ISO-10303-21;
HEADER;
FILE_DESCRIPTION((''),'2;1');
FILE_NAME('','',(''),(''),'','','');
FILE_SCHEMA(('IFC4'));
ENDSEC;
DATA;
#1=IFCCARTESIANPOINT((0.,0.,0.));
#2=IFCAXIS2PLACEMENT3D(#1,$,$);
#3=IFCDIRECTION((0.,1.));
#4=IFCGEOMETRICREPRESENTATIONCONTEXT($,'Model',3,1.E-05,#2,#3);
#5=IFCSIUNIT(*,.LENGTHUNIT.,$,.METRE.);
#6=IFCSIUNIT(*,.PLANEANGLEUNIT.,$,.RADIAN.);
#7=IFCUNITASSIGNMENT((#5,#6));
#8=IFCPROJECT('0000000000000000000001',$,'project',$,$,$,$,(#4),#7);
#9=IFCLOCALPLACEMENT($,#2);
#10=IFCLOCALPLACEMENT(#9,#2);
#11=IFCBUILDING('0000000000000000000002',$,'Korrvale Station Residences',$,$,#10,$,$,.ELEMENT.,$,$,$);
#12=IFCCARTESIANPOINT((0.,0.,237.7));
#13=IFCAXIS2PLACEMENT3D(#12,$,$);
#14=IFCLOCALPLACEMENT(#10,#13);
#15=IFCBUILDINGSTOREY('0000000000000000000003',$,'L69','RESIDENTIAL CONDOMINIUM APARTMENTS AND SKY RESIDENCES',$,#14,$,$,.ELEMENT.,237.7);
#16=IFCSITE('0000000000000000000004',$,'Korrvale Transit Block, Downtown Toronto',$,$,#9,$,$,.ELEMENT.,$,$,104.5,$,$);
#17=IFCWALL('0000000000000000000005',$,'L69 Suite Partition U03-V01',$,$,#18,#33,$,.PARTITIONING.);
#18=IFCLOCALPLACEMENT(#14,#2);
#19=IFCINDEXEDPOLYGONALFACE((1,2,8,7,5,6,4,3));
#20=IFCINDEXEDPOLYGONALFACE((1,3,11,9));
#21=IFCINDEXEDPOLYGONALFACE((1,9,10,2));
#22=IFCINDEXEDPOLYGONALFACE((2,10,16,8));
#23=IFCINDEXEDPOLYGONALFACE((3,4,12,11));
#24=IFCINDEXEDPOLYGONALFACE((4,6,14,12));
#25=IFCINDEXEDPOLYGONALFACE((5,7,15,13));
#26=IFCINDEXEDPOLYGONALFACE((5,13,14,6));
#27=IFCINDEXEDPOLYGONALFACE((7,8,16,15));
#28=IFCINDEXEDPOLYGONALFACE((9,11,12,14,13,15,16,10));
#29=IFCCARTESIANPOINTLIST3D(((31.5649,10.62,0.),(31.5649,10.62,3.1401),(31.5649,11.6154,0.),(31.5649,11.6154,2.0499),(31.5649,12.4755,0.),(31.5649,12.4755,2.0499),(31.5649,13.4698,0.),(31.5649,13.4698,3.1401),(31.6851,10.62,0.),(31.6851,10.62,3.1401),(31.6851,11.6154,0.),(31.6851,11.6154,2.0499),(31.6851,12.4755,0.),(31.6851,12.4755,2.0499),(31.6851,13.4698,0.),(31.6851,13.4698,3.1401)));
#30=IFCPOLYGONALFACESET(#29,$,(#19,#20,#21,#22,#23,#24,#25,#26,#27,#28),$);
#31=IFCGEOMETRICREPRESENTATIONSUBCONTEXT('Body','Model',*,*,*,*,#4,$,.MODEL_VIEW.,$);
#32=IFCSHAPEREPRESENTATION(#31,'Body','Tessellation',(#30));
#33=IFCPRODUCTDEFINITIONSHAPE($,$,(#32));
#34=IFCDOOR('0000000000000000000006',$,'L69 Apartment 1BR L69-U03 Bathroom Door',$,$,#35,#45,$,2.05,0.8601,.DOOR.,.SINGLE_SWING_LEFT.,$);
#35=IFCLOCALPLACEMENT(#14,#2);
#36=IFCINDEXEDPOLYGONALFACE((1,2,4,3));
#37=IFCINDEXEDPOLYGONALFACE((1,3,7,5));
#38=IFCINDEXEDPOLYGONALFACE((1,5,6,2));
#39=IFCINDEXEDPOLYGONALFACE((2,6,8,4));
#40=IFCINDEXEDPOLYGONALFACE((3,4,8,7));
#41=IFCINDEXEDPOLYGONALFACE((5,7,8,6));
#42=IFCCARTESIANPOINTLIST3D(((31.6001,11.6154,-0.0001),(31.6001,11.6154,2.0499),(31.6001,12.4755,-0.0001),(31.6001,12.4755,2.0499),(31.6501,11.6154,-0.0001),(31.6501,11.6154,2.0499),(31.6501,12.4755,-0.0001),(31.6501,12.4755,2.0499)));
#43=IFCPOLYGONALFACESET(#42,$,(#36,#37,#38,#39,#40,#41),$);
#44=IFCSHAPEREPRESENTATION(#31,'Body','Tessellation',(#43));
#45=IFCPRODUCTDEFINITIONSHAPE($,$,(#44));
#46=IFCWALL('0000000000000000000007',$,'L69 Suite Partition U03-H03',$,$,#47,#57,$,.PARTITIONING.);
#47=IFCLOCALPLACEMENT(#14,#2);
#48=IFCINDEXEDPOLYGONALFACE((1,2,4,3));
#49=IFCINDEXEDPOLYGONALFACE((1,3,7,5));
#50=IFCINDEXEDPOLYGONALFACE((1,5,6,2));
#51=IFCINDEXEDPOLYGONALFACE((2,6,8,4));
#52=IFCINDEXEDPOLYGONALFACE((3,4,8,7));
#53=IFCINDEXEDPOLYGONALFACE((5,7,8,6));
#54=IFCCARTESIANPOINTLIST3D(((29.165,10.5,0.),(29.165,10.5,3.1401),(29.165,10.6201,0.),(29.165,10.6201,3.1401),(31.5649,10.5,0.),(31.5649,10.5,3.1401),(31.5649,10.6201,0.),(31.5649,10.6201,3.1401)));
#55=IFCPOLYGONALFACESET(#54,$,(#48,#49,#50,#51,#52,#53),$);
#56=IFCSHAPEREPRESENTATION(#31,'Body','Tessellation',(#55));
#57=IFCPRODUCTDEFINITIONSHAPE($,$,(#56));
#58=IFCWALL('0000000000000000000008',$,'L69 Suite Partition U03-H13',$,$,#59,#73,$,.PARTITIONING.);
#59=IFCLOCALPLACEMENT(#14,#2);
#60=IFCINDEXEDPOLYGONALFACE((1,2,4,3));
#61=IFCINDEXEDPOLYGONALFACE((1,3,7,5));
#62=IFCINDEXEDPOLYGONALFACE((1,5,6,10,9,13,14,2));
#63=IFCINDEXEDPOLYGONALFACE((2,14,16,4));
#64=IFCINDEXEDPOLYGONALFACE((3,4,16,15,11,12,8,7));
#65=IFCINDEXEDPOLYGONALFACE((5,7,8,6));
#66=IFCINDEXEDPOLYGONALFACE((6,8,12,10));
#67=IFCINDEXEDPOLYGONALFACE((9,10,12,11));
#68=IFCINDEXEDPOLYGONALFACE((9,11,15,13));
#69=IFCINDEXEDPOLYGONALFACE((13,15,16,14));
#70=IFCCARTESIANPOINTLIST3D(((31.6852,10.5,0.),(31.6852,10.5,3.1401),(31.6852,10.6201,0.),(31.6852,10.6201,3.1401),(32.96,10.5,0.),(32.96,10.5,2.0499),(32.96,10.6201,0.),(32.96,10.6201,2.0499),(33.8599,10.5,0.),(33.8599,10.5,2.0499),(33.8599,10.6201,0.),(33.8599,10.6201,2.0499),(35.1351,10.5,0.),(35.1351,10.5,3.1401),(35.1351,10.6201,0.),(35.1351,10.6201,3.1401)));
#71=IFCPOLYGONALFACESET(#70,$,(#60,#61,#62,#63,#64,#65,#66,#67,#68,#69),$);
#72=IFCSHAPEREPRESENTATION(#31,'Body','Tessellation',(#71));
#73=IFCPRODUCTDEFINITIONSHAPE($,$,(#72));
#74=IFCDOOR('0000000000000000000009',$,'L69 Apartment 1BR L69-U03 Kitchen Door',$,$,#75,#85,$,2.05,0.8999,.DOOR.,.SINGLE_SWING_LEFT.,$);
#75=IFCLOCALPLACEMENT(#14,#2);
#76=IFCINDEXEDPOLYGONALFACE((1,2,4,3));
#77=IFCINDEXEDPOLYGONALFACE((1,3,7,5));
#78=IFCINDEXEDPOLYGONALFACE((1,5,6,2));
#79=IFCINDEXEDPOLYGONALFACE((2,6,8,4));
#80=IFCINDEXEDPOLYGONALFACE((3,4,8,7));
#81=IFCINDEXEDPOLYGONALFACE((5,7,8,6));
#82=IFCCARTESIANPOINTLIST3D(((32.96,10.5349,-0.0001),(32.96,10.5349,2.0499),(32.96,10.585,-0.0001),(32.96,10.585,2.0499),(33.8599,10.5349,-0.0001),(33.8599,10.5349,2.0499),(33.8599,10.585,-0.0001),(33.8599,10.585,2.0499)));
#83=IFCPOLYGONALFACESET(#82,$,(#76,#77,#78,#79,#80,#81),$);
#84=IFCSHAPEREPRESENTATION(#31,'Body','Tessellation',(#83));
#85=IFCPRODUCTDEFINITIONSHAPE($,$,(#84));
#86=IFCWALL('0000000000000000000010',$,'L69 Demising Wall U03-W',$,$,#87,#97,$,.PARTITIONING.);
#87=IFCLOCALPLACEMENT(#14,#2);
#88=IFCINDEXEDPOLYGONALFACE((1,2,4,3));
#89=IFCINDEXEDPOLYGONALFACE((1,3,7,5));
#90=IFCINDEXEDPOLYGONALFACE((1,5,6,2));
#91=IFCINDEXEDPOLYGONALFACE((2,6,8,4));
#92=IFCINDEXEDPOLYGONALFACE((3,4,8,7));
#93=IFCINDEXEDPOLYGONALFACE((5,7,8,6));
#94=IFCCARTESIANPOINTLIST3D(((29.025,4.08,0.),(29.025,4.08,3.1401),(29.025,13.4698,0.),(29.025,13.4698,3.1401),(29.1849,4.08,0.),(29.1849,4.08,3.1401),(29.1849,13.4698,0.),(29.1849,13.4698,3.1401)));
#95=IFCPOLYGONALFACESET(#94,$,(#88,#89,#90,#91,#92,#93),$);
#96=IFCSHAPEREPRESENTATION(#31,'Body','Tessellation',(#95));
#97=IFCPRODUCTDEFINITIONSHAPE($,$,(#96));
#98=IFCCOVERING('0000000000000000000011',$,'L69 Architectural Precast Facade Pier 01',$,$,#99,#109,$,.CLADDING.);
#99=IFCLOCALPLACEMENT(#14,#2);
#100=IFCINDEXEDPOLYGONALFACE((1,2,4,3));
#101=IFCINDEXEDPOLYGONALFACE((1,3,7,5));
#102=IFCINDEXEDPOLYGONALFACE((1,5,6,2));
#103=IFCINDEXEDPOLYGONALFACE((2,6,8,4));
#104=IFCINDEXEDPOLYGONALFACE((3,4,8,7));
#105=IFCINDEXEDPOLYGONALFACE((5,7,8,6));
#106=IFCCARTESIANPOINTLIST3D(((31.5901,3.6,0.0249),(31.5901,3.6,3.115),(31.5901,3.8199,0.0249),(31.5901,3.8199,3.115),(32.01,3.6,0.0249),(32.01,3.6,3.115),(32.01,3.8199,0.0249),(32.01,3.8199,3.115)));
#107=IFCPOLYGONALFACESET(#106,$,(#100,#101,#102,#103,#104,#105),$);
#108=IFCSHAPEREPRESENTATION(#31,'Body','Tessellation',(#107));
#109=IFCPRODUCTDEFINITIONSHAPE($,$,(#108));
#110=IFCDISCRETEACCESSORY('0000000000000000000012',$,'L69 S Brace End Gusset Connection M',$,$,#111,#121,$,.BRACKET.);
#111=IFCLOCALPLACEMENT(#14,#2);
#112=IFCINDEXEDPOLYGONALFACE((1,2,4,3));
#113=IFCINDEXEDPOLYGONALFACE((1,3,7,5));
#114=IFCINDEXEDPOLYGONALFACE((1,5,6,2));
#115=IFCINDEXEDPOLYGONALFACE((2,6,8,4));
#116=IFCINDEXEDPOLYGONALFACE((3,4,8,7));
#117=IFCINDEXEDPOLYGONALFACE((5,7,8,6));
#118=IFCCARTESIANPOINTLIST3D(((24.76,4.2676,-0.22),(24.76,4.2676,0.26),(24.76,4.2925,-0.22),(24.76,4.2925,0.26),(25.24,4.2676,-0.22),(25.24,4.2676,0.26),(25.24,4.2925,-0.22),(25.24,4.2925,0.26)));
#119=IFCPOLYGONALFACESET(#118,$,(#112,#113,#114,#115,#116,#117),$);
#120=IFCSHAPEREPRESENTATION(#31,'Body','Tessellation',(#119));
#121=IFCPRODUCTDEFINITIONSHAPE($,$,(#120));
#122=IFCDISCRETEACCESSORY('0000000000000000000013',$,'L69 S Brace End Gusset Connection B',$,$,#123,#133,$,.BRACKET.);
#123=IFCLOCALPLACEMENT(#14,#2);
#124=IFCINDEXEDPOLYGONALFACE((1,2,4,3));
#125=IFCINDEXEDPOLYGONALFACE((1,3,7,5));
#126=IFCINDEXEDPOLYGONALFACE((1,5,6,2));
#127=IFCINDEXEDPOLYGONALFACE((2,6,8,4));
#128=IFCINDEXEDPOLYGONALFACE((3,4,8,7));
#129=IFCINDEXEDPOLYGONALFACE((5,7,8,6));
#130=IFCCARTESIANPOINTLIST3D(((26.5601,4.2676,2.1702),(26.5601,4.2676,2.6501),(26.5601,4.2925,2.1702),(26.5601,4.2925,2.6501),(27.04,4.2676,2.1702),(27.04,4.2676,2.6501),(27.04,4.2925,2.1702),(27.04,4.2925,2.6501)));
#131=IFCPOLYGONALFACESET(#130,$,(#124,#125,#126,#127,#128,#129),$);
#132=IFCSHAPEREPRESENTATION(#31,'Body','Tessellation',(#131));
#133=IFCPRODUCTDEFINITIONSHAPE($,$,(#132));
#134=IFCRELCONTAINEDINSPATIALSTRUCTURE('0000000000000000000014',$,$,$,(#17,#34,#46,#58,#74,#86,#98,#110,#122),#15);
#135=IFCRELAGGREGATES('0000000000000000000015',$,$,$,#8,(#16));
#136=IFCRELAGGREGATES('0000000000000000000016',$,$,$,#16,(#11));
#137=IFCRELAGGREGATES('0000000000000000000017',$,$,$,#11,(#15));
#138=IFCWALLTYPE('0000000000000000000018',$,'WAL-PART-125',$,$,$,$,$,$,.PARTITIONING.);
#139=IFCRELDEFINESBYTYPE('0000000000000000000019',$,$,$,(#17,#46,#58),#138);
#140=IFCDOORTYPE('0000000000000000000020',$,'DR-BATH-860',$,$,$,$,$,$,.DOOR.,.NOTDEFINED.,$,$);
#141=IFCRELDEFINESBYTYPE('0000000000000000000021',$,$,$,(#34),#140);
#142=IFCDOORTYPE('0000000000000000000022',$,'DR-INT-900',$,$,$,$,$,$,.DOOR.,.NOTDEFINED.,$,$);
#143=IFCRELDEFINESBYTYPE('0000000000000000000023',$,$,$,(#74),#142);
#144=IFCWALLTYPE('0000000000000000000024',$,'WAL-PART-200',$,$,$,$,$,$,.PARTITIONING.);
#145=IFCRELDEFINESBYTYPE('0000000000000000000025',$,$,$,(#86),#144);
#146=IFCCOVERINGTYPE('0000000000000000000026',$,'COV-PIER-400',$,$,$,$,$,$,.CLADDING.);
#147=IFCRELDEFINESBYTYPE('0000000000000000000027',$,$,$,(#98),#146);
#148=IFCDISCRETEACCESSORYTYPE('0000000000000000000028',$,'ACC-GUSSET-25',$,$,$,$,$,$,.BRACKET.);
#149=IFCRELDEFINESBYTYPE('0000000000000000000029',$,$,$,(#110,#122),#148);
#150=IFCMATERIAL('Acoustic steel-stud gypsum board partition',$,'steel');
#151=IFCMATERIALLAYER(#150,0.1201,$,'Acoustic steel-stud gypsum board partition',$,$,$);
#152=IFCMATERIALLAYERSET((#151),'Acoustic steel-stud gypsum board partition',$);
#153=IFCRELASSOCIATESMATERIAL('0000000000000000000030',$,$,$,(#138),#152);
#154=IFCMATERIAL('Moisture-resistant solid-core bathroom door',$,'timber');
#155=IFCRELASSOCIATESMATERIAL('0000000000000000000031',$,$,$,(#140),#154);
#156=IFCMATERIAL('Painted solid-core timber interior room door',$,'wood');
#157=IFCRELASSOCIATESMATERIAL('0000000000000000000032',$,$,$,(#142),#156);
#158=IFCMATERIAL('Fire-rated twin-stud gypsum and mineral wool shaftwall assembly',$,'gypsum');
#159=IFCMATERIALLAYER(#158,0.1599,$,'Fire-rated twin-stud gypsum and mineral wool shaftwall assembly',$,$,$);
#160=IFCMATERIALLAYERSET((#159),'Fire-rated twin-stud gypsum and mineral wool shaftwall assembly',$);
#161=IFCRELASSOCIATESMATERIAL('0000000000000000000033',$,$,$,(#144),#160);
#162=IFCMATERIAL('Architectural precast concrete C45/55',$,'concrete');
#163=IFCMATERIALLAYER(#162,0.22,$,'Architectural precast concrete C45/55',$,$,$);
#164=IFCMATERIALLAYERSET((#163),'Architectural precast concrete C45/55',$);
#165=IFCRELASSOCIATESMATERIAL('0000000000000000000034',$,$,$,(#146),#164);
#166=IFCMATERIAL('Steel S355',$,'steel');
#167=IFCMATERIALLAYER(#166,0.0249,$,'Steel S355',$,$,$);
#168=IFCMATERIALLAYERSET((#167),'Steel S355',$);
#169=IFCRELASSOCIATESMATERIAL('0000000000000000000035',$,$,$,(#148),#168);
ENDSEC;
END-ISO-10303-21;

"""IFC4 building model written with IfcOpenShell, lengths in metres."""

from ifc_helpers import new_model, si_unit, direction, frame, frame_2d, origin, origin_2d, place, context, subcontext, project, spatial, rectangle, extrude, material, layer, layer_set, type_object, element, fill, save


model = new_model("IFC4")

# Units and contexts
model_context = context("Model", 3, precision=1e-05, world=origin(), true_north=direction((0.0, 1.0)))
body_context = subcontext(model_context, "Body", "Model", "MODEL_VIEW")
ifc_project = project(units=[si_unit("LENGTHUNIT", "METRE"), si_unit("PLANEANGLEUNIT", "RADIAN")], contexts=[model_context])

# Site, building, storey
site_placement = place(None, origin())
site = spatial("IfcSite", under=ifc_project, at=site_placement, Name="Korrvale Transit Block, Downtown Toronto", CompositionType="ELEMENT", RefElevation=104.5)
building_placement = place(site_placement, origin())
building = spatial("IfcBuilding", under=site, at=building_placement, Name="Korrvale Station Residences", CompositionType="ELEMENT")
storey_placement = place(building_placement, frame((0.0, 0.0, 237.7)))
storey = spatial("IfcBuildingStorey", under=building, at=storey_placement, Name="L69", Description="RESIDENTIAL CONDOMINIUM APARTMENTS AND SKY RESIDENCES", CompositionType="ELEMENT", Elevation=237.7)

# Shared definitions
ifc_material_1 = material(Name="Steel S355", Category="steel")

# Shared definitions
ifc_material_2 = material(Name="Acoustic steel-stud gypsum board partition", Category="steel")
ifc_layer_1 = layer(ifc_material_2, 0.1201, Name="Acoustic steel-stud gypsum board partition")
ifc_layer_set_1 = layer_set([ifc_layer_1], Name="Acoustic steel-stud gypsum board partition")
wall_type_1 = type_object("IfcWallType", Name="WAL-PART-125", PredefinedType="PARTITIONING", material=ifc_layer_set_1)
ifc_material_3 = material(Name="Moisture-resistant solid-core bathroom door", Category="timber")
door_type_1 = type_object("IfcDoorType", Name="DR-BATH-860", OperationType="NOTDEFINED", PredefinedType="DOOR", material=ifc_material_3)

# Wall, opening, door
ifc_material_4 = material(Name="Painted solid-core timber interior room door", Category="wood")
door_type_2 = type_object("IfcDoorType", Name="DR-INT-900", OperationType="NOTDEFINED", PredefinedType="DOOR", material=ifc_material_4)
wall_1_placement = place(storey_placement, frame((31.625, 10.6201, 0.0), z_axis=(0.0, 0.0, 1.0), x_axis=(0.0, 1.0, 0.0)))
wall_1 = element("IfcWall", 1, at=wall_1_placement, inside=storey, type_object=wall_type_1, Name="L69 Suite Partition U03-V01", PredefinedType="PARTITIONING", context=body_context, shape_type="SweptSolid", body=[
    extrude(rectangle(XDim=2.8499, YDim=0.1201, at=frame_2d((1.4248, 0.0))), origin(), (0.0, 0.0, 1.0), 3.1401),
])
opening_1_placement = place(wall_1_placement, frame((0.9951, 0.0, 0.0)))
opening_1 = element("IfcOpeningElement", 2, at=opening_1_placement, cuts=wall_1, PredefinedType="OPENING", context=body_context, shape_type="SweptSolid", body=[
    extrude(rectangle(XDim=0.8601, YDim=2.05, at=frame_2d((0.4302, 1.0249))), frame((0.0, 0.0701, 0.0), z_axis=(0.0, -1.0, 0.0), x_axis=(1.0, 0.0, 0.0)), (0.0, 0.0, 1.0), 0.1401),
])
door_1_placement = place(opening_1_placement, origin())
door_1 = element("IfcDoor", 3, at=door_1_placement, inside=storey, type_object=door_type_1, Name="L69 Apartment 1BR L69-U03 Bathroom Door", OperationType="SINGLE_SWING_LEFT", OverallHeight=2.05, OverallWidth=0.8601, PredefinedType="DOOR", context=body_context, shape_type="SweptSolid", body=[
    extrude(rectangle(XDim=0.8601, YDim=2.05, at=frame_2d((0.4302, 1.0249))), frame((0.0, 0.0249, 0.0), z_axis=(0.0, -1.0, 0.0), x_axis=(1.0, 0.0, 0.0)), (0.0, 0.0, 1.0), 0.05),
])
fill(opening_1, door_1)

# Wall
wall_2_placement = place(storey_placement, frame((29.165, 10.5601, 0.0), z_axis=(0.0, 0.0, 1.0), x_axis=(1.0, 0.0, 0.0)))
element("IfcWall", 4, at=wall_2_placement, inside=storey, type_object=wall_type_1, Name="L69 Suite Partition U03-H03", PredefinedType="PARTITIONING", context=body_context, shape_type="SweptSolid", body=[
    extrude(rectangle(XDim=2.3999, YDim=0.1201, at=frame_2d((1.2, 0.0))), origin(), (0.0, 0.0, 1.0), 3.1401),
])

# Wall, opening, door
wall_3_placement = place(storey_placement, frame((31.6851, 10.5601, 0.0), z_axis=(0.0, 0.0, 1.0), x_axis=(1.0, 0.0, 0.0)))
wall_3 = element("IfcWall", 5, at=wall_3_placement, inside=storey, type_object=wall_type_1, Name="L69 Suite Partition U03-H13", PredefinedType="PARTITIONING", context=body_context, shape_type="SweptSolid", body=[
    extrude(rectangle(XDim=3.45, YDim=0.1201, at=frame_2d((1.7251, 0.0))), origin(), (0.0, 0.0, 1.0), 3.1401),
])
opening_2_placement = place(wall_3_placement, frame((1.2749, 0.0, 0.0)))
opening_2 = element("IfcOpeningElement", 6, at=opening_2_placement, cuts=wall_3, PredefinedType="OPENING", context=body_context, shape_type="SweptSolid", body=[
    extrude(rectangle(XDim=0.8999, YDim=2.05, at=frame_2d((0.45, 1.0249))), frame((0.0, 0.0701, 0.0), z_axis=(0.0, -1.0, 0.0), x_axis=(1.0, 0.0, 0.0)), (0.0, 0.0, 1.0), 0.1401),
])
door_2_placement = place(opening_2_placement, origin())
door_2 = element("IfcDoor", 7, at=door_2_placement, inside=storey, type_object=door_type_2, Name="L69 Apartment 1BR L69-U03 Kitchen Door", OperationType="SINGLE_SWING_LEFT", OverallHeight=2.05, OverallWidth=0.8999, PredefinedType="DOOR", context=body_context, shape_type="SweptSolid", body=[
    extrude(rectangle(XDim=0.8999, YDim=2.05, at=frame_2d((0.45, 1.0249))), frame((0.0, 0.0249, 0.0), z_axis=(0.0, -1.0, 0.0), x_axis=(1.0, 0.0, 0.0)), (0.0, 0.0, 1.0), 0.05),
])
fill(opening_2, door_2)

# Wall
ifc_material_5 = material(Name="Fire-rated twin-stud gypsum and mineral wool shaftwall assembly", Category="gypsum")
ifc_layer_2 = layer(ifc_material_5, 0.1599, Name="Fire-rated twin-stud gypsum and mineral wool shaftwall assembly")
ifc_layer_set_2 = layer_set([ifc_layer_2], Name="Fire-rated twin-stud gypsum and mineral wool shaftwall assembly")
wall_type_2 = type_object("IfcWallType", Name="WAL-PART-200", PredefinedType="PARTITIONING", material=ifc_layer_set_2)
wall_4_placement = place(storey_placement, frame((29.105, 4.0801, 0.0), z_axis=(0.0, 0.0, 1.0), x_axis=(0.0, 1.0, 0.0)))
element("IfcWall", 8, at=wall_4_placement, inside=storey, type_object=wall_type_2, Name="L69 Demising Wall U03-W", PredefinedType="PARTITIONING", context=body_context, shape_type="SweptSolid", body=[
    extrude(rectangle(XDim=9.3899, YDim=0.1599, at=frame_2d((4.6948, 0.0))), origin(), (0.0, 0.0, 1.0), 3.1401),
])

# Covering
ifc_material_6 = material(Name="Architectural precast concrete C45/55", Category="concrete")
ifc_layer_3 = layer(ifc_material_6, 0.22, Name="Architectural precast concrete C45/55")
ifc_layer_set_3 = layer_set([ifc_layer_3], Name="Architectural precast concrete C45/55")
covering_type = type_object("IfcCoveringType", Name="COV-PIER-400", PredefinedType="CLADDING", material=ifc_layer_set_3)
covering_placement = place(storey_placement, frame((31.8, 3.71, 0.0249), z_axis=(0.0, 0.0, 1.0), x_axis=(1.0, 0.0, 0.0)))
element("IfcCovering", 9, at=covering_placement, inside=storey, type_object=covering_type, Name="L69 Architectural Precast Facade Pier 01", PredefinedType="CLADDING", context=body_context, shape_type="SweptSolid", body=[
    extrude(rectangle(XDim=0.4199, YDim=0.22, at=origin_2d()), origin(), (0.0, 0.0, 1.0), 3.0901),
])

# Discrete accessories
ifc_layer_4 = layer(ifc_material_1, 0.0249, Name="Steel S355")
ifc_layer_set_4 = layer_set([ifc_layer_4], Name="Steel S355")
discrete_accessory_type = type_object("IfcDiscreteAccessoryType", Name="ACC-GUSSET-25", PredefinedType="BRACKET", material=ifc_layer_set_4)
for number, where, z_axis, x_axis, name in (
    (10, (25.0, 4.28, -0.22), (0.0, 0.0, 1.0), (1.0, 0.0, 0.0), "L69 S Brace End Gusset Connection M"),
    (11, (26.8, 4.28, 2.1702), (0.0, 0.0, 1.0), (1.0, 0.0, 0.0), "L69 S Brace End Gusset Connection B"),
):
    element("IfcDiscreteAccessory", number, at=place(storey_placement, frame(where, z_axis=z_axis, x_axis=x_axis)), inside=storey, type_object=discrete_accessory_type, Name=name, PredefinedType="BRACKET", context=body_context, shape_type="SweptSolid", body=[
        extrude(rectangle(XDim=0.48, YDim=0.0249, at=origin_2d()), origin(), (0.0, 0.0, 1.0), 0.48),
    ])

save(model, "model.ifc")
